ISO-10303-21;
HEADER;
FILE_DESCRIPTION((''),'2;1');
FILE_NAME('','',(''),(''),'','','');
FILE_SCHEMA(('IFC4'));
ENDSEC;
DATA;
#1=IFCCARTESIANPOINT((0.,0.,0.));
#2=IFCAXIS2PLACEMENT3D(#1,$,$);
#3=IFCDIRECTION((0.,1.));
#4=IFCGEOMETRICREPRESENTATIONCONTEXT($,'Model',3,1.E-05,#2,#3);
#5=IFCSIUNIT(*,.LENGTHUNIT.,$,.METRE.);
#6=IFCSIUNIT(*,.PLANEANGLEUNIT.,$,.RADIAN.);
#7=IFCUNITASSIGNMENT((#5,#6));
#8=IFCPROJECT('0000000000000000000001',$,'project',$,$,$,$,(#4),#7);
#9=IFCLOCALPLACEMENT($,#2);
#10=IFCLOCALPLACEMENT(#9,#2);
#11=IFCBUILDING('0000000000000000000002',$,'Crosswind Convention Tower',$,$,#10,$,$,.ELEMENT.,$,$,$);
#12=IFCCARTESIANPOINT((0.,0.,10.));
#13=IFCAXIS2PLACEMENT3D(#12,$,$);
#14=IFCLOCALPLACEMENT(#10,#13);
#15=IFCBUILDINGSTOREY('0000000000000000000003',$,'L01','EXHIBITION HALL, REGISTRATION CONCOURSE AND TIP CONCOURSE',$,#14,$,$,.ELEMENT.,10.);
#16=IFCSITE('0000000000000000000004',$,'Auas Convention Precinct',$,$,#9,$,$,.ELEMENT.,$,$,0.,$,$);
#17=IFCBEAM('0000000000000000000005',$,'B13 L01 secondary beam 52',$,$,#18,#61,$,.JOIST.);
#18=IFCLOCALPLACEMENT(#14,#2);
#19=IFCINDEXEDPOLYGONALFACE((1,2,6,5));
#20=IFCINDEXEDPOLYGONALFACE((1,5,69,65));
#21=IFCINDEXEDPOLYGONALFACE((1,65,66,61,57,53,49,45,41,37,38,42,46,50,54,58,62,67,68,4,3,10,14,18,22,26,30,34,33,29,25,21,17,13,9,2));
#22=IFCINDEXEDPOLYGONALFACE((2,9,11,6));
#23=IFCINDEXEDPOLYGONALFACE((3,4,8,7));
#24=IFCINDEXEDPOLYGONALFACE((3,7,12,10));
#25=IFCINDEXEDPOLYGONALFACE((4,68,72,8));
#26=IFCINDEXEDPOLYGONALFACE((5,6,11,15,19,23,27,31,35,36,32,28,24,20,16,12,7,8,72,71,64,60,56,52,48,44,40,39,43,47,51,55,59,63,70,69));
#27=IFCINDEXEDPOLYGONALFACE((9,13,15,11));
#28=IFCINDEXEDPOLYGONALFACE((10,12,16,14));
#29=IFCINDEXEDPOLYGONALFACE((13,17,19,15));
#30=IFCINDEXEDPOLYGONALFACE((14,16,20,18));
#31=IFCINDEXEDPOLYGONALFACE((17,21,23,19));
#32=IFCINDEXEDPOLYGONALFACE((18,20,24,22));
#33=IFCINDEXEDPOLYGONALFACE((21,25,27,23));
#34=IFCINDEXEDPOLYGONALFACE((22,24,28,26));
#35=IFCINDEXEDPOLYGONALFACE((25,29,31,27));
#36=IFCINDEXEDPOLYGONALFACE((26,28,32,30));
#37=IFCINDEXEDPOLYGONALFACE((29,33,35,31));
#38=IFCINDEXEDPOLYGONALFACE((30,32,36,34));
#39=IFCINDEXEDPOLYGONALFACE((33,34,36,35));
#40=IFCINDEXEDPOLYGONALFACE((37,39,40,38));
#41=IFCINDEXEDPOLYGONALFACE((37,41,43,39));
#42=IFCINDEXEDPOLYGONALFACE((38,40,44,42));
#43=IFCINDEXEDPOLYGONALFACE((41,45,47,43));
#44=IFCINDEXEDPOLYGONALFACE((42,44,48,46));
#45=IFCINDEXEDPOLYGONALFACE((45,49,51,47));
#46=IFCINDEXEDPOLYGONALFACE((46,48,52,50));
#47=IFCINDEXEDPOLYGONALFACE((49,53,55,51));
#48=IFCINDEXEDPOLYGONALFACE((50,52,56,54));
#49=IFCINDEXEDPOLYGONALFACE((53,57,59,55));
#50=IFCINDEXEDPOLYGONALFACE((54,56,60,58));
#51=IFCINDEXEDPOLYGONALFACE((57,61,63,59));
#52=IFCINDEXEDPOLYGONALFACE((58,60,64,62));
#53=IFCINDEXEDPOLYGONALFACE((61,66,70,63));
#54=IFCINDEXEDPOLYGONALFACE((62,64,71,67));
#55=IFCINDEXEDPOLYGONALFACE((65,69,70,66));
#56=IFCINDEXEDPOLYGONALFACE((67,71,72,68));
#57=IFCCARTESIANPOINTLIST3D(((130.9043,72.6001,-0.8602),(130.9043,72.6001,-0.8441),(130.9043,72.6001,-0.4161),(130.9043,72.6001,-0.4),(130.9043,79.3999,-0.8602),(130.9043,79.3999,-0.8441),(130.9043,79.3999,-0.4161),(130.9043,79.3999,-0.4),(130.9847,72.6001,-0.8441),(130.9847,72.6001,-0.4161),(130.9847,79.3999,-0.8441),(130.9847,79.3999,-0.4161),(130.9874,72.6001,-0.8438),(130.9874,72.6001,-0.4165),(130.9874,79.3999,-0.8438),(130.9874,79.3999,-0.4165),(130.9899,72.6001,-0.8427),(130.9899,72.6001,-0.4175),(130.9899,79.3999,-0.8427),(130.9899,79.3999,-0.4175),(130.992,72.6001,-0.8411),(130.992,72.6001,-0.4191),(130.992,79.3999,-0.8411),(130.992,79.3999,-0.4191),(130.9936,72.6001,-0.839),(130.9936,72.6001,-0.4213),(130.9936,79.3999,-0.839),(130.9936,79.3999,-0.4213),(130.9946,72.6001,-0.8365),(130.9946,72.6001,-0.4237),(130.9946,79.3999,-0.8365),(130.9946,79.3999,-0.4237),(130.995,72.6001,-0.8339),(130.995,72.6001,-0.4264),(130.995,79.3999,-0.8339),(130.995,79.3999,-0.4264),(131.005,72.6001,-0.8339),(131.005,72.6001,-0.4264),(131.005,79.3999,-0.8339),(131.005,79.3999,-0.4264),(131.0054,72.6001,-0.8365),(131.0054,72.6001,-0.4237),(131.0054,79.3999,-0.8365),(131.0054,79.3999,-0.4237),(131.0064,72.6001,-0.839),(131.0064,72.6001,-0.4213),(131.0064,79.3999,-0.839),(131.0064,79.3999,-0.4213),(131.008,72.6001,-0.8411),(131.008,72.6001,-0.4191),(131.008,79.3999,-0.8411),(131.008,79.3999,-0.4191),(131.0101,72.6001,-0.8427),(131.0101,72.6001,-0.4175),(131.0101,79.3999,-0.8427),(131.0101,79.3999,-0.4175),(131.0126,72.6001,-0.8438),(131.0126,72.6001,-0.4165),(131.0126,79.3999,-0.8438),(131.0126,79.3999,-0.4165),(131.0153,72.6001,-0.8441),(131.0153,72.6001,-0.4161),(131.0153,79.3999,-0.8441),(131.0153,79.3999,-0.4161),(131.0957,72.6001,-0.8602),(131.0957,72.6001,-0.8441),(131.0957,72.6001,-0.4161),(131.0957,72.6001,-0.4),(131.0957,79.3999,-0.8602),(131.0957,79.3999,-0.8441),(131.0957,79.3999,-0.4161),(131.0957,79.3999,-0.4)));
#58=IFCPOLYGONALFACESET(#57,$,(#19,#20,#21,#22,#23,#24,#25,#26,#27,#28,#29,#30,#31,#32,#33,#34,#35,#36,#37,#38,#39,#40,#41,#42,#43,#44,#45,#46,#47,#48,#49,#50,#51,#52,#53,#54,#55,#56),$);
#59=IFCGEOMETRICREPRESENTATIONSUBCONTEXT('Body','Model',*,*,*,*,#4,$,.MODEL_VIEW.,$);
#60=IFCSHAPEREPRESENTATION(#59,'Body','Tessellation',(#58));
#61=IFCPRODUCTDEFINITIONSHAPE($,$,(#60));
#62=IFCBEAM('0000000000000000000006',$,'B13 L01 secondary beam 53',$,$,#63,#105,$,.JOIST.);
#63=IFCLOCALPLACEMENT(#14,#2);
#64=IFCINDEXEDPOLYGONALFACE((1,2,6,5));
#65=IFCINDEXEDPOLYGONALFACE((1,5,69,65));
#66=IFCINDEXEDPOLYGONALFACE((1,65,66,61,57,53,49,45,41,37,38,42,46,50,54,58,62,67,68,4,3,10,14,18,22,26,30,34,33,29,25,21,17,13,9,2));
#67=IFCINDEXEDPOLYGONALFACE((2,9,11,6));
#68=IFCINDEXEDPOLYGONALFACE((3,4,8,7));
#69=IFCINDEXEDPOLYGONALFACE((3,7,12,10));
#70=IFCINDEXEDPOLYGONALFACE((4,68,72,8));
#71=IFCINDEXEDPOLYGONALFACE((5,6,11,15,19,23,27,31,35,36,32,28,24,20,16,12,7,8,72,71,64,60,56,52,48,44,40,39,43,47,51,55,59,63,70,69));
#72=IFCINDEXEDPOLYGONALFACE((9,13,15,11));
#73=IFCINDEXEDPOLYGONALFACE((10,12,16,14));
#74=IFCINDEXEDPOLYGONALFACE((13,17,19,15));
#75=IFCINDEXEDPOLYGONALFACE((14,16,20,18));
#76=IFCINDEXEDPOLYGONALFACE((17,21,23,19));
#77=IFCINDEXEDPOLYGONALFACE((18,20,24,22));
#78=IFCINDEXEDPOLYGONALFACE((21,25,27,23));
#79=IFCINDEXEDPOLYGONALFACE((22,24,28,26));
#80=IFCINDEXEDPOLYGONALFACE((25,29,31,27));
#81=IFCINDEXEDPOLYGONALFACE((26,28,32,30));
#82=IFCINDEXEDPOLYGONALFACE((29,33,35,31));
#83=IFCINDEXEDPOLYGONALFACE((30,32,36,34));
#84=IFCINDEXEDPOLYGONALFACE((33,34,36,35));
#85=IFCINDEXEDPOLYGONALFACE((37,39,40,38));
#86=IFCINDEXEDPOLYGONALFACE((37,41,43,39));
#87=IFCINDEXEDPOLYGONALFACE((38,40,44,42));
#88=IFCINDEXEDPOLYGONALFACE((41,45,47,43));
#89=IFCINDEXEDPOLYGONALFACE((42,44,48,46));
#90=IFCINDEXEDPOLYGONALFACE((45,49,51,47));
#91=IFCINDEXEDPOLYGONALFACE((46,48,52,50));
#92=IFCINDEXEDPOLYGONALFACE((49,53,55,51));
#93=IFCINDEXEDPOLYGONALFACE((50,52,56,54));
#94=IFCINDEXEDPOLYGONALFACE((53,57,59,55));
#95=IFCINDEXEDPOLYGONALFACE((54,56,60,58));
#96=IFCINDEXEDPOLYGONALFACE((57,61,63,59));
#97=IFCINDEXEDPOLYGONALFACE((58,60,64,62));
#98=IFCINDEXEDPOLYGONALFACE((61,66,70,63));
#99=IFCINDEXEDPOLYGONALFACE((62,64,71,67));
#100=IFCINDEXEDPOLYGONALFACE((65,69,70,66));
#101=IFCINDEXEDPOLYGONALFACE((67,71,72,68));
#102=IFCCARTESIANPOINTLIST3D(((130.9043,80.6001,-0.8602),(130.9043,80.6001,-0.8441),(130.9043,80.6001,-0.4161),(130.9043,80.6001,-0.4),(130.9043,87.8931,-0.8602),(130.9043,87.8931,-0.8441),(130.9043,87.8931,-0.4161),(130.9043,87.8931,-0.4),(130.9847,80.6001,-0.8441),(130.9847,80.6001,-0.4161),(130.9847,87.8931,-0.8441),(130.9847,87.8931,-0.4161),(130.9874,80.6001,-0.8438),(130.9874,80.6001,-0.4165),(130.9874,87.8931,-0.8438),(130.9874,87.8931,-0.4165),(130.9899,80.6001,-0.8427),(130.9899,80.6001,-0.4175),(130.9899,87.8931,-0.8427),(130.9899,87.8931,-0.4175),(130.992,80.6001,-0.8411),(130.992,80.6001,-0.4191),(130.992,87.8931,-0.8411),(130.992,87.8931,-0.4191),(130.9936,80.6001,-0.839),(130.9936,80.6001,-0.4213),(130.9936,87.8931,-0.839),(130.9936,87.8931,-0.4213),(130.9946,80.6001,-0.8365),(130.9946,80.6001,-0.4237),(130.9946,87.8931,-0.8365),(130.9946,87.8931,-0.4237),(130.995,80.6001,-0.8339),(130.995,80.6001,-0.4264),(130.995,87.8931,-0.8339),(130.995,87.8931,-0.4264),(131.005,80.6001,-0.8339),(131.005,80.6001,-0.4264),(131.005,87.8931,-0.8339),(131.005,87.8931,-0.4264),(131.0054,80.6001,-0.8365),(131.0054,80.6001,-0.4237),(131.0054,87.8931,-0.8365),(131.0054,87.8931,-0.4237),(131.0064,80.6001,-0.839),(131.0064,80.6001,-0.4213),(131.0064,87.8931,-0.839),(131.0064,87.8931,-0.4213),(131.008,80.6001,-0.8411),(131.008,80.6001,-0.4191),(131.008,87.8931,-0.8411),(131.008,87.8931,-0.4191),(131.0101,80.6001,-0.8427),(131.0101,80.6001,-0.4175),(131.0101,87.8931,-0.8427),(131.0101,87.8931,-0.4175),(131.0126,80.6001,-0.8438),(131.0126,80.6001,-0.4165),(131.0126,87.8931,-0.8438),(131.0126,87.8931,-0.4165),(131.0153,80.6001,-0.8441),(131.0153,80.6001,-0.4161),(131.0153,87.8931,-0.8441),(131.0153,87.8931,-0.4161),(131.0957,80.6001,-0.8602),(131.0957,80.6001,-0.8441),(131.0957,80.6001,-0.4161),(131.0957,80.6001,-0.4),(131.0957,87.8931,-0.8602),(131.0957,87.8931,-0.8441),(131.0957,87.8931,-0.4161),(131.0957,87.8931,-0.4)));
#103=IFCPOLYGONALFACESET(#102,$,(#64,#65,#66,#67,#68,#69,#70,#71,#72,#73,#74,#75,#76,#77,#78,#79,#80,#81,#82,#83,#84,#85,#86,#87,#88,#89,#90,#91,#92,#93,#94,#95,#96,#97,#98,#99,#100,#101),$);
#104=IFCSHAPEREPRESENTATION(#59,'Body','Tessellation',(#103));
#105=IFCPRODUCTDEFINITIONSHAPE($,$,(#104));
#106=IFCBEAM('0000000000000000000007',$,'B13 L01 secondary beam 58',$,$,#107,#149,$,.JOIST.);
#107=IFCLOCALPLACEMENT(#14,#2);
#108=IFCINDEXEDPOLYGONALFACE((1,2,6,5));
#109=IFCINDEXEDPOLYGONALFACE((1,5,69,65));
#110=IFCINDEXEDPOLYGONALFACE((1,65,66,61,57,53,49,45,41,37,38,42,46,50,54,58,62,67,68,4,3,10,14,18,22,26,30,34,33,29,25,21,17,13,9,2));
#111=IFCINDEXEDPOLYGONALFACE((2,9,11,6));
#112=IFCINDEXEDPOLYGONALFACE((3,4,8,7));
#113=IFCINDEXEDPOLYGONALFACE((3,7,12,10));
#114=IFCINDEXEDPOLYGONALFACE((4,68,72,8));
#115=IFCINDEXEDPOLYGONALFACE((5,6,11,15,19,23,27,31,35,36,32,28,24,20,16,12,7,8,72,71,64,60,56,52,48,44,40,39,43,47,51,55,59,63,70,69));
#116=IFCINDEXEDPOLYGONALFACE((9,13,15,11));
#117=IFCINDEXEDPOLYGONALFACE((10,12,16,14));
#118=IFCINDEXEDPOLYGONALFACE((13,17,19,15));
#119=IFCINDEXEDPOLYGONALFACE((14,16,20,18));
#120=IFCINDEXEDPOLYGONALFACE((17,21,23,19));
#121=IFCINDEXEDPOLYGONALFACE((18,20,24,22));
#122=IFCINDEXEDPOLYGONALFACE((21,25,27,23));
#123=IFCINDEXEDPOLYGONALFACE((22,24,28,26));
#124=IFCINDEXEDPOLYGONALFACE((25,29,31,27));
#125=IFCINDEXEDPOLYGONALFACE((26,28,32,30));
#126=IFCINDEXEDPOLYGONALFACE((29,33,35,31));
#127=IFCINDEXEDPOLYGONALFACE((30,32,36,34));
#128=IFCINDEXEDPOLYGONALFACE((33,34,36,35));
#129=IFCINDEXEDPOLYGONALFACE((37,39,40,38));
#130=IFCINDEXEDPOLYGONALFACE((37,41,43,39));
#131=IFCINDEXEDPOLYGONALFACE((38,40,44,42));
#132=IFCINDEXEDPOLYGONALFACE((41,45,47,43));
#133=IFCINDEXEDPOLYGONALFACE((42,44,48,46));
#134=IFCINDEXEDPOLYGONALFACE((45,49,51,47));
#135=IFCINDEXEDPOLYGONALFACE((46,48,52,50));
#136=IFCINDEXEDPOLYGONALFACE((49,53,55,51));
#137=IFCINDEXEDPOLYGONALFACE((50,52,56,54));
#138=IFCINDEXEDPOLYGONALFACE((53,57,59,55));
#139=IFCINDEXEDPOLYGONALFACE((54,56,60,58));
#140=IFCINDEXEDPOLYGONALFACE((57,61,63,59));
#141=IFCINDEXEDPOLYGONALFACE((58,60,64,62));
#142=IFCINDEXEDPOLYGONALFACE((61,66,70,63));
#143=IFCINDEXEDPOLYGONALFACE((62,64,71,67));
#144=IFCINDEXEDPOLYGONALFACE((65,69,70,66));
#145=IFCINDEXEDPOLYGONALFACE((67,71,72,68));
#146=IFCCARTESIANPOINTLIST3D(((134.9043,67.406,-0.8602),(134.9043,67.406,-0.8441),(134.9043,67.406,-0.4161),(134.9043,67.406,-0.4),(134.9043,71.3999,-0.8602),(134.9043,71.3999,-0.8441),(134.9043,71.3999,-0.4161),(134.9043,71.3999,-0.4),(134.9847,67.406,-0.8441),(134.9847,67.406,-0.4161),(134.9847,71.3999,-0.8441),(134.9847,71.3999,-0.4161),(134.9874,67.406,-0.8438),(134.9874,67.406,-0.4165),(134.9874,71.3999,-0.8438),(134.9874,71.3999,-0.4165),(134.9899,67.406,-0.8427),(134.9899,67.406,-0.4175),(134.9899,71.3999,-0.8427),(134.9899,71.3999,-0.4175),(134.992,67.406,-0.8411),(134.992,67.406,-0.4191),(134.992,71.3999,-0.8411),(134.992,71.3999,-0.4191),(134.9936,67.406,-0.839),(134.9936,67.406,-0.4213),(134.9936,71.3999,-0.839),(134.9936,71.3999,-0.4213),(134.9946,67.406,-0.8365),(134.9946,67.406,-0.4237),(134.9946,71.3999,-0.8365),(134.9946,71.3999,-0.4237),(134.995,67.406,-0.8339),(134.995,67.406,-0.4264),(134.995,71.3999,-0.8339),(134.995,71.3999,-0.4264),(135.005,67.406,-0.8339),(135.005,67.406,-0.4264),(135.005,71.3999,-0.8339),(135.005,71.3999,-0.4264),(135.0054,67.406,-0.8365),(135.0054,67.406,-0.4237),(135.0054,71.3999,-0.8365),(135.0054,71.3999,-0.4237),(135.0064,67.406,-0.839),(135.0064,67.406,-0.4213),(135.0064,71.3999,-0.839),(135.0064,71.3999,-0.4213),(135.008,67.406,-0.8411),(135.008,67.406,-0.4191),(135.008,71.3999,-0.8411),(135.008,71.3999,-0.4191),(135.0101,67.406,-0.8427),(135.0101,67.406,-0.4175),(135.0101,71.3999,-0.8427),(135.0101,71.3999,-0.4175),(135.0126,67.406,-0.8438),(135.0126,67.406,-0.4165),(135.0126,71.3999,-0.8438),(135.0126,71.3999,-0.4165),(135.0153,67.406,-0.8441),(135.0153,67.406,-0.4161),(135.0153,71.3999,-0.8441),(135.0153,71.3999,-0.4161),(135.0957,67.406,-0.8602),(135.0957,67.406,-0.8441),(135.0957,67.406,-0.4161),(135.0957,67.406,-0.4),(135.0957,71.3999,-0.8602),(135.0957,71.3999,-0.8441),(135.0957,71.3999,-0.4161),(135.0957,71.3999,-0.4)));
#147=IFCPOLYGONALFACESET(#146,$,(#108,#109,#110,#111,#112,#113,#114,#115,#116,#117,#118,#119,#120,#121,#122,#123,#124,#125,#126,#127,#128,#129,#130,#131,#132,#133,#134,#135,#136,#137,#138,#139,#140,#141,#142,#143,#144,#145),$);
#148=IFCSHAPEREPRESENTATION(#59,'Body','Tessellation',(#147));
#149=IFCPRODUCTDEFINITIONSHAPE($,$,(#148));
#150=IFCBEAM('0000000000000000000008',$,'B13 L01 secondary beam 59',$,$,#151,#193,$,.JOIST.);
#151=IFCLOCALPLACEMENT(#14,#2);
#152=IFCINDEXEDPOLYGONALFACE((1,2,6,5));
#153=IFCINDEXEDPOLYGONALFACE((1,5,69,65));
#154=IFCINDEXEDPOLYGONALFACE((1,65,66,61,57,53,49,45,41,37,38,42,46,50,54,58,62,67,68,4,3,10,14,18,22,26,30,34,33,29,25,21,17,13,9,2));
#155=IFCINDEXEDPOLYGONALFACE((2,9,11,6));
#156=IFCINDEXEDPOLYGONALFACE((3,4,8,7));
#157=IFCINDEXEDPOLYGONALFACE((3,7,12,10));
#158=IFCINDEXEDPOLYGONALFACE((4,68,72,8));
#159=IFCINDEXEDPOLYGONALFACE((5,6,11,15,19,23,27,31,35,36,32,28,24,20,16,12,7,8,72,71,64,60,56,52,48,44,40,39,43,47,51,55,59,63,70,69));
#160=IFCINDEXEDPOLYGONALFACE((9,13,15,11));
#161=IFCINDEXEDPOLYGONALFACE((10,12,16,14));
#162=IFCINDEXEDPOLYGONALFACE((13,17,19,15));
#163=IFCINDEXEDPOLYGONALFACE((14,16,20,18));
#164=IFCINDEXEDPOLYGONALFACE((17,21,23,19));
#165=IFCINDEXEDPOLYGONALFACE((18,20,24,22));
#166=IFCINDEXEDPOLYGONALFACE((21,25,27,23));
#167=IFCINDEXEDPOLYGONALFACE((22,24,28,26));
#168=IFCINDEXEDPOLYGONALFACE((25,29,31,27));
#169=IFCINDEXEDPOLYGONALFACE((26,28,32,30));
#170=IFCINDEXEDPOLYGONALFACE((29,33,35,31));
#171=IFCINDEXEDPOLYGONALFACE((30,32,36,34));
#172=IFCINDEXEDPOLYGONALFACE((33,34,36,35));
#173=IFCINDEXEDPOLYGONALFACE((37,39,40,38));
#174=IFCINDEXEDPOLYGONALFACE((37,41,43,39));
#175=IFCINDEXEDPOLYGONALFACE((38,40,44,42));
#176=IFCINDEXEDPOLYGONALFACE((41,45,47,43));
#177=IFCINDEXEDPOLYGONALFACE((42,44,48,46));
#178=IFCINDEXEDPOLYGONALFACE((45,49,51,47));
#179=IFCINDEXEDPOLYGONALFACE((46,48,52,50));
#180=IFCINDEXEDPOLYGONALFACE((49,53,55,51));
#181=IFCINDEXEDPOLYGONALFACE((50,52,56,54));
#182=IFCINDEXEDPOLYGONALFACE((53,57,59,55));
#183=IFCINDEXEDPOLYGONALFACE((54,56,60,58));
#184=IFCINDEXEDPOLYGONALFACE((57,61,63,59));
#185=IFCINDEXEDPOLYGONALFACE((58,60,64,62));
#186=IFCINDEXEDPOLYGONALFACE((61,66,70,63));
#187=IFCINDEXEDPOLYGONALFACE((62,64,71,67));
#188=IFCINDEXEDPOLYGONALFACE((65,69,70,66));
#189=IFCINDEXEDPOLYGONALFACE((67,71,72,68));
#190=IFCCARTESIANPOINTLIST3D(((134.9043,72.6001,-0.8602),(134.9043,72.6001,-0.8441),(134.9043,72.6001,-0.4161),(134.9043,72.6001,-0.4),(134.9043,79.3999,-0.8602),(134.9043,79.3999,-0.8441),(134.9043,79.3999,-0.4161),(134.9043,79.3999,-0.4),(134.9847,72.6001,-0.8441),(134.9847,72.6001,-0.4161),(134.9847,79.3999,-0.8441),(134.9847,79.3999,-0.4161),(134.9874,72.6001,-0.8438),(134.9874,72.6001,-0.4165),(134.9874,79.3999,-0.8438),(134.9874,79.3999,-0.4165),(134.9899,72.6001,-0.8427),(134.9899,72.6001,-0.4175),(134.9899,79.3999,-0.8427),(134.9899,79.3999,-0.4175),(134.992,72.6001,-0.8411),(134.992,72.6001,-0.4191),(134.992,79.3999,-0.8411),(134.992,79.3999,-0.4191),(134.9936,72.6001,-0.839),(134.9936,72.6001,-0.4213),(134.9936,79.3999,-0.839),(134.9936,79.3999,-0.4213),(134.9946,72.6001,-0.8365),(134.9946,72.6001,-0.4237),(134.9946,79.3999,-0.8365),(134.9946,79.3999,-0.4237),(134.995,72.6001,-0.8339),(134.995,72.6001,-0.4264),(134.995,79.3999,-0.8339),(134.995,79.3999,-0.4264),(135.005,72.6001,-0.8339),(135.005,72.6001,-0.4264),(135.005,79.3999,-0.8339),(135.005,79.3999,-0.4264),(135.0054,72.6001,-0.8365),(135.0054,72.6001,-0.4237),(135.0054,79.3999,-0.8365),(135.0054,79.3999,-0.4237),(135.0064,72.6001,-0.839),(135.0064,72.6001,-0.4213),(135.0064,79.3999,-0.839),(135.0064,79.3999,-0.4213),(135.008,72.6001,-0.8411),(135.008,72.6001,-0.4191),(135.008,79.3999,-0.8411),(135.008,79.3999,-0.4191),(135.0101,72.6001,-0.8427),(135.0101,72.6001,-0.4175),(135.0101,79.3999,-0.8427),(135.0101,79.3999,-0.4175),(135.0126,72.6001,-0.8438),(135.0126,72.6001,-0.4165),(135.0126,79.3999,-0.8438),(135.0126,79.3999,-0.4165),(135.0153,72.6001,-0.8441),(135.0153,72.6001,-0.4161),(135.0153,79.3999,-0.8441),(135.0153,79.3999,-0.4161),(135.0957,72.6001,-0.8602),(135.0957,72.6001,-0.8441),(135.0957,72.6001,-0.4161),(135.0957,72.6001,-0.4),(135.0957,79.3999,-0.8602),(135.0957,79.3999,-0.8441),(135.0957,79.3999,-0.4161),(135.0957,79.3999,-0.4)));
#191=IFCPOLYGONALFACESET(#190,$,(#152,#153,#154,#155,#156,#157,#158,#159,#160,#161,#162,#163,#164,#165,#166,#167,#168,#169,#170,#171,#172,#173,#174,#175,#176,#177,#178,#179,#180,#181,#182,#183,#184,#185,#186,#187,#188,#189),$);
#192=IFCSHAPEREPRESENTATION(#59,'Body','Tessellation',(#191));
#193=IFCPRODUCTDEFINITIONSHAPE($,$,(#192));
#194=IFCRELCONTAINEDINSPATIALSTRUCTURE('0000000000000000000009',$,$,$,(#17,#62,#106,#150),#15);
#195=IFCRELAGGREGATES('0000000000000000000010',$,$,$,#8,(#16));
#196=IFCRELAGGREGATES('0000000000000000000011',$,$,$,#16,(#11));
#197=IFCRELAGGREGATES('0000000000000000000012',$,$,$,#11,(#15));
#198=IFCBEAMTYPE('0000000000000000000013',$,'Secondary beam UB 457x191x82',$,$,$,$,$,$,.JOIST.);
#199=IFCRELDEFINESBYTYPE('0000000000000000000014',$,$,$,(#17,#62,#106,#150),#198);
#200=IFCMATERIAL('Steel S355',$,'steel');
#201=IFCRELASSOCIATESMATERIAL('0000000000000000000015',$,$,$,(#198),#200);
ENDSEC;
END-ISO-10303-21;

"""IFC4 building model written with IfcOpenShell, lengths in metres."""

from ifc_helpers import new_model, si_unit, direction, frame, origin, origin_2d, place, context, subcontext, project, spatial, i_section, extrude, material, material_profile, profile_set, type_object, element, save


model = new_model("IFC4")

# Units and contexts
model_context = context("Model", 3, precision=1e-05, world=origin(), true_north=direction((0.0, 1.0)))
body_context = subcontext(model_context, "Body", "Model", "MODEL_VIEW")
ifc_project = project(units=[si_unit("LENGTHUNIT", "METRE"), si_unit("PLANEANGLEUNIT", "RADIAN")], contexts=[model_context])

# Site, building, storey
site_placement = place(None, origin())
site = spatial("IfcSite", under=ifc_project, at=site_placement, Name="Auas Convention Precinct", CompositionType="ELEMENT", RefElevation=0.0)
building_placement = place(site_placement, origin())
building = spatial("IfcBuilding", under=site, at=building_placement, Name="Crosswind Convention Tower", CompositionType="ELEMENT")
storey_placement = place(building_placement, frame((0.0, 0.0, 10.0)))
storey = spatial("IfcBuildingStorey", under=building, at=storey_placement, Name="L01", Description="EXHIBITION HALL, REGISTRATION CONCOURSE AND TIP CONCOURSE", CompositionType="ELEMENT", Elevation=10.0)

# Shared definitions
ifc_material_1 = material(Name="Steel S355", Category="steel")

# Beams
ifc_material_profile_1 = material_profile(ifc_material_1, i_section(OverallWidth=0.1914, OverallDepth=0.4602, WebThickness=0.01, FlangeThickness=0.0161, FilletRadius=0.0103, at=origin_2d()), Name="UB 457x191x82")
ifc_profile_set_1 = profile_set([ifc_material_profile_1], Name="Steel S355")
beam_type_1 = type_object("IfcBeamType", Name="Secondary beam UB 457x191x82", PredefinedType="JOIST", material=ifc_profile_set_1)
beam_1_placement = place(storey_placement, frame((131.0, 72.6001, -0.6301), z_axis=(0.0, 1.0, 0.0), x_axis=(-1.0, 0.0, 0.0)))
element("IfcBeam", 1, at=beam_1_placement, inside=storey, type_object=beam_type_1, Name="B13 L01 secondary beam 52", PredefinedType="JOIST", context=body_context, shape_type="SweptSolid", body=[
    extrude(i_section(OverallWidth=0.1914, OverallDepth=0.4602, WebThickness=0.01, FlangeThickness=0.0161, FilletRadius=0.0103, at=origin_2d()), origin(), (0.0, 0.0, 1.0), 6.7998),
])
beam_2_placement = place(storey_placement, frame((131.0, 80.6001, -0.6301), z_axis=(0.0, 1.0, 0.0), x_axis=(-1.0, 0.0, 0.0)))
element("IfcBeam", 2, at=beam_2_placement, inside=storey, type_object=beam_type_1, Name="B13 L01 secondary beam 53", PredefinedType="JOIST", context=body_context, shape_type="SweptSolid", body=[
    extrude(i_section(OverallWidth=0.1914, OverallDepth=0.4602, WebThickness=0.01, FlangeThickness=0.0161, FilletRadius=0.0103, at=origin_2d()), origin(), (0.0, 0.0, 1.0), 7.293),
])
beam_3_placement = place(storey_placement, frame((135.0, 67.406, -0.6301), z_axis=(0.0, 1.0, 0.0), x_axis=(-1.0, 0.0, 0.0)))
element("IfcBeam", 3, at=beam_3_placement, inside=storey, type_object=beam_type_1, Name="B13 L01 secondary beam 58", PredefinedType="JOIST", context=body_context, shape_type="SweptSolid", body=[
    extrude(i_section(OverallWidth=0.1914, OverallDepth=0.4602, WebThickness=0.01, FlangeThickness=0.0161, FilletRadius=0.0103, at=origin_2d()), origin(), (0.0, 0.0, 1.0), 3.9939),
])
beam_4_placement = place(storey_placement, frame((135.0, 72.6001, -0.6301), z_axis=(0.0, 1.0, 0.0), x_axis=(-1.0, 0.0, 0.0)))
element("IfcBeam", 4, at=beam_4_placement, inside=storey, type_object=beam_type_1, Name="B13 L01 secondary beam 59", PredefinedType="JOIST", context=body_context, shape_type="SweptSolid", body=[
    extrude(i_section(OverallWidth=0.1914, OverallDepth=0.4602, WebThickness=0.01, FlangeThickness=0.0161, FilletRadius=0.0103, at=origin_2d()), origin(), (0.0, 0.0, 1.0), 6.7998),
])

save(model, "model.ifc")
